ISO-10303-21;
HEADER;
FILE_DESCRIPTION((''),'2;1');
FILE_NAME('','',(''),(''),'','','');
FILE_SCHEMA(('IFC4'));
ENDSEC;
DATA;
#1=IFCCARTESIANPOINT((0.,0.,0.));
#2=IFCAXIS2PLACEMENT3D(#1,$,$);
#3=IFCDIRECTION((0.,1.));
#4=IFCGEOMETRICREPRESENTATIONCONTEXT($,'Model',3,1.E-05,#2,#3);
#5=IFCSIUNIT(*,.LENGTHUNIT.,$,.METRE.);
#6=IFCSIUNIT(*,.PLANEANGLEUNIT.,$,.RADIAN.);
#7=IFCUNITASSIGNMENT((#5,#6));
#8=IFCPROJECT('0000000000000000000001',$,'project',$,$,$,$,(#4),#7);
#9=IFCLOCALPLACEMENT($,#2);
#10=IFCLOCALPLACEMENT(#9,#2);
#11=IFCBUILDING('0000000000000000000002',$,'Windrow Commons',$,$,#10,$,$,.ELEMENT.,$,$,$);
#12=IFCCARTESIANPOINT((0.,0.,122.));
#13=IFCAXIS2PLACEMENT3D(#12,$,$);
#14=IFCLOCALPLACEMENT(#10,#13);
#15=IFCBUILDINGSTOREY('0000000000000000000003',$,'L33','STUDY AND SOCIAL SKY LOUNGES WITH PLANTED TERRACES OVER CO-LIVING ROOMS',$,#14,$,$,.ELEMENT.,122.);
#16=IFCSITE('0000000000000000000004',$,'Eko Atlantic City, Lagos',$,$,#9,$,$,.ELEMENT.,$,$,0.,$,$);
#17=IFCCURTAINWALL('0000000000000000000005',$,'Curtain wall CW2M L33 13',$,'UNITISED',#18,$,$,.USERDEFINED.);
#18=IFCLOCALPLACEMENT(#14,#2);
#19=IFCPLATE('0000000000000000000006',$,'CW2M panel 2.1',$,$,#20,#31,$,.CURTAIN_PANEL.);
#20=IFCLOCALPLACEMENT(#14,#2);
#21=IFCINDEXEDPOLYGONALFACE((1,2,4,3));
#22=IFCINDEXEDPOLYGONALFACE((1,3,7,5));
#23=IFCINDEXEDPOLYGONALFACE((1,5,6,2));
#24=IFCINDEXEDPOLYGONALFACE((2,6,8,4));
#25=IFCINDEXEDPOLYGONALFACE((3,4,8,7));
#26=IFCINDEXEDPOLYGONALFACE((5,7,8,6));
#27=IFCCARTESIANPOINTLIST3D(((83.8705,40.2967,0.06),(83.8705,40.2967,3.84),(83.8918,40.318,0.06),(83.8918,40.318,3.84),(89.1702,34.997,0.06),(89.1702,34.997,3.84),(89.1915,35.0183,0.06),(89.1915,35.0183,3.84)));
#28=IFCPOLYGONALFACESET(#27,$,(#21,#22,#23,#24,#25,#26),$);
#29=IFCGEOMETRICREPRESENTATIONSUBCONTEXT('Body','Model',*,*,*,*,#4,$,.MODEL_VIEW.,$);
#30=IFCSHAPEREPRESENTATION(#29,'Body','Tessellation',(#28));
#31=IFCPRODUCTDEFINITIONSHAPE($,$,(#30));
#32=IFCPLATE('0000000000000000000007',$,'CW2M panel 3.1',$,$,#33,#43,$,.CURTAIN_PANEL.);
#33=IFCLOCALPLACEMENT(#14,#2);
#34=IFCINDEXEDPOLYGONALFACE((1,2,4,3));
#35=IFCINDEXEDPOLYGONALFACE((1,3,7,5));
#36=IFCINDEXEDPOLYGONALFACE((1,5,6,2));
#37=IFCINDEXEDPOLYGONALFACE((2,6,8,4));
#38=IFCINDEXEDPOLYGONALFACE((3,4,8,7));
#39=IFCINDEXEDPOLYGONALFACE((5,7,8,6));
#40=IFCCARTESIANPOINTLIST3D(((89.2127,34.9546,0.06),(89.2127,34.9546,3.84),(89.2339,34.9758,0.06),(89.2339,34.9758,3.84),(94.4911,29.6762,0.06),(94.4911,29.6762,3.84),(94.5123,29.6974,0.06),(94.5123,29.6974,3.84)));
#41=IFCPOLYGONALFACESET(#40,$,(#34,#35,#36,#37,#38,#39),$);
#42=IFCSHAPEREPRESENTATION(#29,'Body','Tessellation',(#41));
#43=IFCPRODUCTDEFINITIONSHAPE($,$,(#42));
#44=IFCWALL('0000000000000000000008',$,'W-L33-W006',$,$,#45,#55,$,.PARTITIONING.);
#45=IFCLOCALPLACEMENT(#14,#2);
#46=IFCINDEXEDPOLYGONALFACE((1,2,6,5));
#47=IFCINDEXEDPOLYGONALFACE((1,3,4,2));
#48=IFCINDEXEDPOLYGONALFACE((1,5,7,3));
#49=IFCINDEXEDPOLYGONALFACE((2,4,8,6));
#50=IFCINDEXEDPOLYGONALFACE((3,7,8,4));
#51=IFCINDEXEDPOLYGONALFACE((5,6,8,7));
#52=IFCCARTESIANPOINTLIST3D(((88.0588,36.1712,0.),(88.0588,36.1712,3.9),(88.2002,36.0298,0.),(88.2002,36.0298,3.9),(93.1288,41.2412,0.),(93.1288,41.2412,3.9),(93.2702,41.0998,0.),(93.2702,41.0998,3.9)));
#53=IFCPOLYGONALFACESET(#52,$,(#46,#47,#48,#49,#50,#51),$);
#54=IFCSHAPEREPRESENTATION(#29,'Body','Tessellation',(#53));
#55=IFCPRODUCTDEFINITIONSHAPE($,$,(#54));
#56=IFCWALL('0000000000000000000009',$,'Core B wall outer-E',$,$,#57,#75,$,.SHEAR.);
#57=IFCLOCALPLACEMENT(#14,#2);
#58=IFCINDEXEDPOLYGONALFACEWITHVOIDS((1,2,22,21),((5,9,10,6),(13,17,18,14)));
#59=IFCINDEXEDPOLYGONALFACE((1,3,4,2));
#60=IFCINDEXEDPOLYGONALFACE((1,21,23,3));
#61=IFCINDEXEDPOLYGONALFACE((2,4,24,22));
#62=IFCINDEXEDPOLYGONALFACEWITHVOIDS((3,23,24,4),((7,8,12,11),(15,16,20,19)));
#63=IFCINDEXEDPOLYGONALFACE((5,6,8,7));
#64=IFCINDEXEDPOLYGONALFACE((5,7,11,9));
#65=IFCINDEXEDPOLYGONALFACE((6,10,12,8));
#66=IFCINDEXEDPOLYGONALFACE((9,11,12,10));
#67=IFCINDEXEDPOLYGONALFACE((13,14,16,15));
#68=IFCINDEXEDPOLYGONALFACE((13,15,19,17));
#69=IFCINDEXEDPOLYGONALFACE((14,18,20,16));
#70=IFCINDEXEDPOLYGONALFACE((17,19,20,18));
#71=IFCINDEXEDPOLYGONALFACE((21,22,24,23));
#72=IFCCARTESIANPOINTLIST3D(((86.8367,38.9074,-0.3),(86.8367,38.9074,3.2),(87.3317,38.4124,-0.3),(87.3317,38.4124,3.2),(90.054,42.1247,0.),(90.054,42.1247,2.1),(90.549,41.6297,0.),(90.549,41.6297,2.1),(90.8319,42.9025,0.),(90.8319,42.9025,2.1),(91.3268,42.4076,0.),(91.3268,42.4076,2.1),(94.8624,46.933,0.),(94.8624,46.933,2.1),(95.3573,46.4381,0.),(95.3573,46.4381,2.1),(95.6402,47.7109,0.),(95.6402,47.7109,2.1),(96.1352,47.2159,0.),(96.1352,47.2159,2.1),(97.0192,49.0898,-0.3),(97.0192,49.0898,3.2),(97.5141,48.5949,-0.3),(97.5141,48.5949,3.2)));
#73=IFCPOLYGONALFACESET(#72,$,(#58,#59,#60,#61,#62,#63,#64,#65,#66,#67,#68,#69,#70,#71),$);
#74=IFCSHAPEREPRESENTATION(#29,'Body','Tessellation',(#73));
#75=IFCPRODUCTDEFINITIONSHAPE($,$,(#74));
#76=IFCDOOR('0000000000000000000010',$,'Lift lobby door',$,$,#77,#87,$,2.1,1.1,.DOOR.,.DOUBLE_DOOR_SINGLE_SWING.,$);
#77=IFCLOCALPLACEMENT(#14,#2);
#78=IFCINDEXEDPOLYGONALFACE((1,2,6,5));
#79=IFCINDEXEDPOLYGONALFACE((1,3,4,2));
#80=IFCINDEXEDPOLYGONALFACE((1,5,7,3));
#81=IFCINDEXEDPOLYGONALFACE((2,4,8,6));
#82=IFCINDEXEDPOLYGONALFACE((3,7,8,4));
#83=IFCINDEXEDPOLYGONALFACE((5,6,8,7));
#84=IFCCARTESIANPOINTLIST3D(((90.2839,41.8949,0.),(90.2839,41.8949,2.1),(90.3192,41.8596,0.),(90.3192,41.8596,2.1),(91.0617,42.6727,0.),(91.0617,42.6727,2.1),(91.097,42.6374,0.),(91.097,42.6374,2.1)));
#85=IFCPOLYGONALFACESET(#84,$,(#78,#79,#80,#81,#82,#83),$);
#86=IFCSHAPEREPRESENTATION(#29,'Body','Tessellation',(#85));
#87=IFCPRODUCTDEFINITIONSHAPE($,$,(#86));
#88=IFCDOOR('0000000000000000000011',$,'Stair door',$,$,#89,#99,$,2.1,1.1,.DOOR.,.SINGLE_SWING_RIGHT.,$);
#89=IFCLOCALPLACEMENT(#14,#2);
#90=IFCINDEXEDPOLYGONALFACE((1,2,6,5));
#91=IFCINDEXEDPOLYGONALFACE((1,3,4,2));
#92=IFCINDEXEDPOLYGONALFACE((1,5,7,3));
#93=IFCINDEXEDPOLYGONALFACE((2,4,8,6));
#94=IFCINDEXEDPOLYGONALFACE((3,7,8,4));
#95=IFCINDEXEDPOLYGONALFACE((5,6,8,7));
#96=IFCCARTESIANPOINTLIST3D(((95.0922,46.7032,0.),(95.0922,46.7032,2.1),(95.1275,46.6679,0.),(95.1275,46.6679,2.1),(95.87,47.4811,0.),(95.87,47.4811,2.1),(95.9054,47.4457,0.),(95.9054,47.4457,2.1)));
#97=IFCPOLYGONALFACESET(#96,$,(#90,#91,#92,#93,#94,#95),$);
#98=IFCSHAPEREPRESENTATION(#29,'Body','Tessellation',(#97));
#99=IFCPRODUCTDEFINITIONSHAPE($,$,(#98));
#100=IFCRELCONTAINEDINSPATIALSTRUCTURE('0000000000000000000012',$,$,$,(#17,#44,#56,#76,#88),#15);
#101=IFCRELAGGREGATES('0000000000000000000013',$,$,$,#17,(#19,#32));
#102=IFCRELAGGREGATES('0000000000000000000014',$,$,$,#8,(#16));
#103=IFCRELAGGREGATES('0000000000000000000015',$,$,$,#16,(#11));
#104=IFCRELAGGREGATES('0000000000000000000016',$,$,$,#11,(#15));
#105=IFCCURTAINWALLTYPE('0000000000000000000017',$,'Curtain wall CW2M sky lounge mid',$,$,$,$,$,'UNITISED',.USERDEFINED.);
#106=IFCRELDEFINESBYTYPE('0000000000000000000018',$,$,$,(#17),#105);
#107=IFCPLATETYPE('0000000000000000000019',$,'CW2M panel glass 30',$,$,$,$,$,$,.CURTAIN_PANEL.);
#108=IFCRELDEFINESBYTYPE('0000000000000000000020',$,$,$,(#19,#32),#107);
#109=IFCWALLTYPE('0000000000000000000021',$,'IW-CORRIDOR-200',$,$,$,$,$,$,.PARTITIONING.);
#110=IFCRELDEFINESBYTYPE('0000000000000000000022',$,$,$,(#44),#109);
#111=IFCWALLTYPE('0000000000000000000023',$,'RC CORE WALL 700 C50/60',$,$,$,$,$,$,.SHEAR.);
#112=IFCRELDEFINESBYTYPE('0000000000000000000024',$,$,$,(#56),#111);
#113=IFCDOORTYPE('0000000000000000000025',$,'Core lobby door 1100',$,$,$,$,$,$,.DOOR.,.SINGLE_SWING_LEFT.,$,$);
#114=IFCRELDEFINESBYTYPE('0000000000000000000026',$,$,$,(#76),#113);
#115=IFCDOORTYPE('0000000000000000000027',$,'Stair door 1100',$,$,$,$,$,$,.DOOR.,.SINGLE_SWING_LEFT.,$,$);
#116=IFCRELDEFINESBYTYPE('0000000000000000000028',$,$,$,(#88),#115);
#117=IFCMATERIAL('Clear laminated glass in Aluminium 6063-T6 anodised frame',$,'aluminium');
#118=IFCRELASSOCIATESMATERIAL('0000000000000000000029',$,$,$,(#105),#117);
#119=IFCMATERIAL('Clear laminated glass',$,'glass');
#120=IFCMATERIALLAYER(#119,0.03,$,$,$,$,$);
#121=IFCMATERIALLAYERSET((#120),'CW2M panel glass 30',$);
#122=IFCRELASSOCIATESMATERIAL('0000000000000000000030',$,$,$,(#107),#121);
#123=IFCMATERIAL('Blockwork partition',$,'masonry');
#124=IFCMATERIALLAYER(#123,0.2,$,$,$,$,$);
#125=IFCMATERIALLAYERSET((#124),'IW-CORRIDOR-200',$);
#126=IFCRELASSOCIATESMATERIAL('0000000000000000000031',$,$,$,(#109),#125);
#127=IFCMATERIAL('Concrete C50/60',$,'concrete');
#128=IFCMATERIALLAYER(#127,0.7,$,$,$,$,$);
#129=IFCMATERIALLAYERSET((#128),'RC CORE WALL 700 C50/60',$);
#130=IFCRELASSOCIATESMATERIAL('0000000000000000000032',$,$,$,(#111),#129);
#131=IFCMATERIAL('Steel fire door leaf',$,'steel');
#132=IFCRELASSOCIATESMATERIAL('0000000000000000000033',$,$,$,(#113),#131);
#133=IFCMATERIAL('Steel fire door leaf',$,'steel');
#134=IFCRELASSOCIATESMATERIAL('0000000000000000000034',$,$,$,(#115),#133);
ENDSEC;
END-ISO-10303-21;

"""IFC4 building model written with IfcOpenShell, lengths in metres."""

from ifc_helpers import new_model, si_unit, direction, frame, frame_2d, origin, origin_2d, place, context, subcontext, project, spatial, rectangle, extrude, material, layer, layer_set, type_object, element, fill, aggregate, save


model = new_model("IFC4")

# Units and contexts
model_context = context("Model", 3, precision=1e-05, world=origin(), true_north=direction((0.0, 1.0)))
body_context = subcontext(model_context, "Body", "Model", "MODEL_VIEW")
ifc_project = project(units=[si_unit("LENGTHUNIT", "METRE"), si_unit("PLANEANGLEUNIT", "RADIAN")], contexts=[model_context])

# Site, building, storey
site_placement = place(None, origin())
site = spatial("IfcSite", under=ifc_project, at=site_placement, Name="Eko Atlantic City, Lagos", CompositionType="ELEMENT", RefElevation=0.0)
building_placement = place(site_placement, origin())
building = spatial("IfcBuilding", under=site, at=building_placement, Name="Windrow Commons", CompositionType="ELEMENT")
storey_placement = place(building_placement, frame((0.0, 0.0, 122.0)))
storey = spatial("IfcBuildingStorey", under=building, at=storey_placement, Name="L33", Description="STUDY AND SOCIAL SKY LOUNGES WITH PLANTED TERRACES OVER CO-LIVING ROOMS", CompositionType="ELEMENT", Elevation=122.0)

# Curtain wall
ifc_material_1 = material(Name="Clear laminated glass in Aluminium 6063-T6 anodised frame", Category="aluminium")
curtain_wall_type = type_object("IfcCurtainWallType", Name="Curtain wall CW2M sky lounge mid", ElementType="UNITISED", PredefinedType="USERDEFINED", material=ifc_material_1)
placement = place(storey_placement, origin())
curtain_wall_1 = element("IfcCurtainWall", 1, at=placement, inside=storey, type_object=curtain_wall_type, Name="Curtain wall CW2M L33 13", ObjectType="UNITISED", PredefinedType="USERDEFINED")

# Plates
ifc_material_2 = material(Name="Clear laminated glass", Category="glass")
ifc_layer_1 = layer(ifc_material_2, 0.03)
ifc_layer_set_1 = layer_set([ifc_layer_1], Name="CW2M panel glass 30")
plate_type = type_object("IfcPlateType", Name="CW2M panel glass 30", PredefinedType="CURTAIN_PANEL", material=ifc_layer_set_1)
plate_1_placement = place(storey_placement, frame((86.531, 37.6575, 0.06), z_axis=(0.0, 0.0, 1.0), x_axis=(0.707107, -0.707107, 0.0)))
plate_1 = element("IfcPlate", 2, at=plate_1_placement, type_object=plate_type, Name="CW2M panel 2.1", PredefinedType="CURTAIN_PANEL", context=body_context, shape_type="SweptSolid", body=[
    extrude(rectangle(XDim=7.4949, YDim=0.03, at=origin_2d()), origin(), (0.0, 0.0, 1.0), 3.78),
])
plate_2_placement = place(storey_placement, frame((91.8625, 32.326, 0.06), z_axis=(0.0, 0.0, 1.0), x_axis=(0.707107, -0.707107, 0.0)))
plate_2 = element("IfcPlate", 3, at=plate_2_placement, type_object=plate_type, Name="CW2M panel 3.1", PredefinedType="CURTAIN_PANEL", context=body_context, shape_type="SweptSolid", body=[
    extrude(rectangle(XDim=7.4649, YDim=0.03, at=origin_2d()), origin(), (0.0, 0.0, 1.0), 3.78),
])
aggregate(curtain_wall_1, [plate_1, plate_2])

# Wall
ifc_material_3 = material(Name="Blockwork partition", Category="masonry")
ifc_layer_2 = layer(ifc_material_3, 0.2)
ifc_layer_set_2 = layer_set([ifc_layer_2], Name="IW-CORRIDOR-200")
wall_type_1 = type_object("IfcWallType", Name="IW-CORRIDOR-200", PredefinedType="PARTITIONING", material=ifc_layer_set_2)
wall_1_placement = place(storey_placement, frame((88.1295, 36.1005, 0.0), z_axis=(0.0, 0.0, 1.0), x_axis=(0.707107, 0.707107, 0.0)))
element("IfcWall", 4, at=wall_1_placement, inside=storey, type_object=wall_type_1, Name="W-L33-W006", PredefinedType="PARTITIONING", context=body_context, shape_type="SweptSolid", body=[
    extrude(rectangle(XDim=7.1701, YDim=0.2, at=frame_2d((3.585, 0.0))), origin(), (0.0, 0.0, 1.0), 3.9),
])

# Wall, openings, doors
ifc_material_4 = material(Name="Concrete C50/60", Category="concrete")
ifc_layer_3 = layer(ifc_material_4, 0.7)
ifc_layer_set_3 = layer_set([ifc_layer_3], Name="RC CORE WALL 700 C50/60")
wall_type_2 = type_object("IfcWallType", Name="RC CORE WALL 700 C50/60", PredefinedType="SHEAR", material=ifc_layer_set_3)
wall_2_placement = place(storey_placement, frame((87.0842, 38.6599, -0.3), z_axis=(0.0, 0.0, 1.0), x_axis=(0.707107, 0.707107, 0.0)))
wall_2 = element("IfcWall", 5, at=wall_2_placement, inside=storey, type_object=wall_type_2, Name="Core B wall outer-E", PredefinedType="SHEAR", context=body_context, shape_type="SweptSolid", body=[
    extrude(rectangle(XDim=14.4001, YDim=0.7, at=frame_2d((7.2001, 0.0))), origin(), (0.0, 0.0, 1.0), 3.5),
])
opening_1_placement = place(wall_2_placement, frame((4.55, 0.0, 0.3)))
opening_1 = element("IfcOpeningElement", 6, at=opening_1_placement, cuts=wall_2, PredefinedType="OPENING", context=body_context, shape_type="SweptSolid", body=[
    extrude(rectangle(XDim=1.1, YDim=2.1, at=frame_2d((0.55, 1.05))), frame((0.0, 0.36, 0.0), z_axis=(0.0, -1.0, 0.0), x_axis=(1.0, 0.0, 0.0)), (0.0, 0.0, 1.0), 0.72),
])
opening_2_placement = place(wall_2_placement, frame((11.35, 0.0, 0.3)))
opening_2 = element("IfcOpeningElement", 7, at=opening_2_placement, cuts=wall_2, PredefinedType="OPENING", context=body_context, shape_type="SweptSolid", body=[
    extrude(rectangle(XDim=1.1, YDim=2.1, at=frame_2d((0.55, 1.05))), frame((0.0, 0.36, 0.0), z_axis=(0.0, -1.0, 0.0), x_axis=(1.0, 0.0, 0.0)), (0.0, 0.0, 1.0), 0.72),
])
ifc_material_5 = material(Name="Steel fire door leaf", Category="steel")
door_type_1 = type_object("IfcDoorType", Name="Core lobby door 1100", OperationType="SINGLE_SWING_LEFT", PredefinedType="DOOR", material=ifc_material_5)
door_1_placement = place(opening_1_placement, origin())
door_1 = element("IfcDoor", 8, at=door_1_placement, inside=storey, type_object=door_type_1, Name="Lift lobby door", OperationType="DOUBLE_DOOR_SINGLE_SWING", OverallHeight=2.1, OverallWidth=1.1, PredefinedType="DOOR", context=body_context, shape_type="SweptSolid", body=[
    extrude(rectangle(XDim=1.1, YDim=2.1, at=frame_2d((0.55, 1.05))), frame((0.0, 0.025, 0.0), z_axis=(0.0, -1.0, 0.0), x_axis=(1.0, 0.0, 0.0)), (0.0, 0.0, 1.0), 0.05),
])
fill(opening_1, door_1)
ifc_material_6 = material(Name="Steel fire door leaf", Category="steel")
door_type_2 = type_object("IfcDoorType", Name="Stair door 1100", OperationType="SINGLE_SWING_LEFT", PredefinedType="DOOR", material=ifc_material_6)
door_2_placement = place(opening_2_placement, origin())
door_2 = element("IfcDoor", 9, at=door_2_placement, inside=storey, type_object=door_type_2, Name="Stair door", OperationType="SINGLE_SWING_RIGHT", OverallHeight=2.1, OverallWidth=1.1, PredefinedType="DOOR", context=body_context, shape_type="SweptSolid", body=[
    extrude(rectangle(XDim=1.1, YDim=2.1, at=frame_2d((0.55, 1.05))), frame((0.0, 0.025, 0.0), z_axis=(0.0, -1.0, 0.0), x_axis=(1.0, 0.0, 0.0)), (0.0, 0.0, 1.0), 0.05),
])
fill(opening_2, door_2)

save(model, "model.ifc")
